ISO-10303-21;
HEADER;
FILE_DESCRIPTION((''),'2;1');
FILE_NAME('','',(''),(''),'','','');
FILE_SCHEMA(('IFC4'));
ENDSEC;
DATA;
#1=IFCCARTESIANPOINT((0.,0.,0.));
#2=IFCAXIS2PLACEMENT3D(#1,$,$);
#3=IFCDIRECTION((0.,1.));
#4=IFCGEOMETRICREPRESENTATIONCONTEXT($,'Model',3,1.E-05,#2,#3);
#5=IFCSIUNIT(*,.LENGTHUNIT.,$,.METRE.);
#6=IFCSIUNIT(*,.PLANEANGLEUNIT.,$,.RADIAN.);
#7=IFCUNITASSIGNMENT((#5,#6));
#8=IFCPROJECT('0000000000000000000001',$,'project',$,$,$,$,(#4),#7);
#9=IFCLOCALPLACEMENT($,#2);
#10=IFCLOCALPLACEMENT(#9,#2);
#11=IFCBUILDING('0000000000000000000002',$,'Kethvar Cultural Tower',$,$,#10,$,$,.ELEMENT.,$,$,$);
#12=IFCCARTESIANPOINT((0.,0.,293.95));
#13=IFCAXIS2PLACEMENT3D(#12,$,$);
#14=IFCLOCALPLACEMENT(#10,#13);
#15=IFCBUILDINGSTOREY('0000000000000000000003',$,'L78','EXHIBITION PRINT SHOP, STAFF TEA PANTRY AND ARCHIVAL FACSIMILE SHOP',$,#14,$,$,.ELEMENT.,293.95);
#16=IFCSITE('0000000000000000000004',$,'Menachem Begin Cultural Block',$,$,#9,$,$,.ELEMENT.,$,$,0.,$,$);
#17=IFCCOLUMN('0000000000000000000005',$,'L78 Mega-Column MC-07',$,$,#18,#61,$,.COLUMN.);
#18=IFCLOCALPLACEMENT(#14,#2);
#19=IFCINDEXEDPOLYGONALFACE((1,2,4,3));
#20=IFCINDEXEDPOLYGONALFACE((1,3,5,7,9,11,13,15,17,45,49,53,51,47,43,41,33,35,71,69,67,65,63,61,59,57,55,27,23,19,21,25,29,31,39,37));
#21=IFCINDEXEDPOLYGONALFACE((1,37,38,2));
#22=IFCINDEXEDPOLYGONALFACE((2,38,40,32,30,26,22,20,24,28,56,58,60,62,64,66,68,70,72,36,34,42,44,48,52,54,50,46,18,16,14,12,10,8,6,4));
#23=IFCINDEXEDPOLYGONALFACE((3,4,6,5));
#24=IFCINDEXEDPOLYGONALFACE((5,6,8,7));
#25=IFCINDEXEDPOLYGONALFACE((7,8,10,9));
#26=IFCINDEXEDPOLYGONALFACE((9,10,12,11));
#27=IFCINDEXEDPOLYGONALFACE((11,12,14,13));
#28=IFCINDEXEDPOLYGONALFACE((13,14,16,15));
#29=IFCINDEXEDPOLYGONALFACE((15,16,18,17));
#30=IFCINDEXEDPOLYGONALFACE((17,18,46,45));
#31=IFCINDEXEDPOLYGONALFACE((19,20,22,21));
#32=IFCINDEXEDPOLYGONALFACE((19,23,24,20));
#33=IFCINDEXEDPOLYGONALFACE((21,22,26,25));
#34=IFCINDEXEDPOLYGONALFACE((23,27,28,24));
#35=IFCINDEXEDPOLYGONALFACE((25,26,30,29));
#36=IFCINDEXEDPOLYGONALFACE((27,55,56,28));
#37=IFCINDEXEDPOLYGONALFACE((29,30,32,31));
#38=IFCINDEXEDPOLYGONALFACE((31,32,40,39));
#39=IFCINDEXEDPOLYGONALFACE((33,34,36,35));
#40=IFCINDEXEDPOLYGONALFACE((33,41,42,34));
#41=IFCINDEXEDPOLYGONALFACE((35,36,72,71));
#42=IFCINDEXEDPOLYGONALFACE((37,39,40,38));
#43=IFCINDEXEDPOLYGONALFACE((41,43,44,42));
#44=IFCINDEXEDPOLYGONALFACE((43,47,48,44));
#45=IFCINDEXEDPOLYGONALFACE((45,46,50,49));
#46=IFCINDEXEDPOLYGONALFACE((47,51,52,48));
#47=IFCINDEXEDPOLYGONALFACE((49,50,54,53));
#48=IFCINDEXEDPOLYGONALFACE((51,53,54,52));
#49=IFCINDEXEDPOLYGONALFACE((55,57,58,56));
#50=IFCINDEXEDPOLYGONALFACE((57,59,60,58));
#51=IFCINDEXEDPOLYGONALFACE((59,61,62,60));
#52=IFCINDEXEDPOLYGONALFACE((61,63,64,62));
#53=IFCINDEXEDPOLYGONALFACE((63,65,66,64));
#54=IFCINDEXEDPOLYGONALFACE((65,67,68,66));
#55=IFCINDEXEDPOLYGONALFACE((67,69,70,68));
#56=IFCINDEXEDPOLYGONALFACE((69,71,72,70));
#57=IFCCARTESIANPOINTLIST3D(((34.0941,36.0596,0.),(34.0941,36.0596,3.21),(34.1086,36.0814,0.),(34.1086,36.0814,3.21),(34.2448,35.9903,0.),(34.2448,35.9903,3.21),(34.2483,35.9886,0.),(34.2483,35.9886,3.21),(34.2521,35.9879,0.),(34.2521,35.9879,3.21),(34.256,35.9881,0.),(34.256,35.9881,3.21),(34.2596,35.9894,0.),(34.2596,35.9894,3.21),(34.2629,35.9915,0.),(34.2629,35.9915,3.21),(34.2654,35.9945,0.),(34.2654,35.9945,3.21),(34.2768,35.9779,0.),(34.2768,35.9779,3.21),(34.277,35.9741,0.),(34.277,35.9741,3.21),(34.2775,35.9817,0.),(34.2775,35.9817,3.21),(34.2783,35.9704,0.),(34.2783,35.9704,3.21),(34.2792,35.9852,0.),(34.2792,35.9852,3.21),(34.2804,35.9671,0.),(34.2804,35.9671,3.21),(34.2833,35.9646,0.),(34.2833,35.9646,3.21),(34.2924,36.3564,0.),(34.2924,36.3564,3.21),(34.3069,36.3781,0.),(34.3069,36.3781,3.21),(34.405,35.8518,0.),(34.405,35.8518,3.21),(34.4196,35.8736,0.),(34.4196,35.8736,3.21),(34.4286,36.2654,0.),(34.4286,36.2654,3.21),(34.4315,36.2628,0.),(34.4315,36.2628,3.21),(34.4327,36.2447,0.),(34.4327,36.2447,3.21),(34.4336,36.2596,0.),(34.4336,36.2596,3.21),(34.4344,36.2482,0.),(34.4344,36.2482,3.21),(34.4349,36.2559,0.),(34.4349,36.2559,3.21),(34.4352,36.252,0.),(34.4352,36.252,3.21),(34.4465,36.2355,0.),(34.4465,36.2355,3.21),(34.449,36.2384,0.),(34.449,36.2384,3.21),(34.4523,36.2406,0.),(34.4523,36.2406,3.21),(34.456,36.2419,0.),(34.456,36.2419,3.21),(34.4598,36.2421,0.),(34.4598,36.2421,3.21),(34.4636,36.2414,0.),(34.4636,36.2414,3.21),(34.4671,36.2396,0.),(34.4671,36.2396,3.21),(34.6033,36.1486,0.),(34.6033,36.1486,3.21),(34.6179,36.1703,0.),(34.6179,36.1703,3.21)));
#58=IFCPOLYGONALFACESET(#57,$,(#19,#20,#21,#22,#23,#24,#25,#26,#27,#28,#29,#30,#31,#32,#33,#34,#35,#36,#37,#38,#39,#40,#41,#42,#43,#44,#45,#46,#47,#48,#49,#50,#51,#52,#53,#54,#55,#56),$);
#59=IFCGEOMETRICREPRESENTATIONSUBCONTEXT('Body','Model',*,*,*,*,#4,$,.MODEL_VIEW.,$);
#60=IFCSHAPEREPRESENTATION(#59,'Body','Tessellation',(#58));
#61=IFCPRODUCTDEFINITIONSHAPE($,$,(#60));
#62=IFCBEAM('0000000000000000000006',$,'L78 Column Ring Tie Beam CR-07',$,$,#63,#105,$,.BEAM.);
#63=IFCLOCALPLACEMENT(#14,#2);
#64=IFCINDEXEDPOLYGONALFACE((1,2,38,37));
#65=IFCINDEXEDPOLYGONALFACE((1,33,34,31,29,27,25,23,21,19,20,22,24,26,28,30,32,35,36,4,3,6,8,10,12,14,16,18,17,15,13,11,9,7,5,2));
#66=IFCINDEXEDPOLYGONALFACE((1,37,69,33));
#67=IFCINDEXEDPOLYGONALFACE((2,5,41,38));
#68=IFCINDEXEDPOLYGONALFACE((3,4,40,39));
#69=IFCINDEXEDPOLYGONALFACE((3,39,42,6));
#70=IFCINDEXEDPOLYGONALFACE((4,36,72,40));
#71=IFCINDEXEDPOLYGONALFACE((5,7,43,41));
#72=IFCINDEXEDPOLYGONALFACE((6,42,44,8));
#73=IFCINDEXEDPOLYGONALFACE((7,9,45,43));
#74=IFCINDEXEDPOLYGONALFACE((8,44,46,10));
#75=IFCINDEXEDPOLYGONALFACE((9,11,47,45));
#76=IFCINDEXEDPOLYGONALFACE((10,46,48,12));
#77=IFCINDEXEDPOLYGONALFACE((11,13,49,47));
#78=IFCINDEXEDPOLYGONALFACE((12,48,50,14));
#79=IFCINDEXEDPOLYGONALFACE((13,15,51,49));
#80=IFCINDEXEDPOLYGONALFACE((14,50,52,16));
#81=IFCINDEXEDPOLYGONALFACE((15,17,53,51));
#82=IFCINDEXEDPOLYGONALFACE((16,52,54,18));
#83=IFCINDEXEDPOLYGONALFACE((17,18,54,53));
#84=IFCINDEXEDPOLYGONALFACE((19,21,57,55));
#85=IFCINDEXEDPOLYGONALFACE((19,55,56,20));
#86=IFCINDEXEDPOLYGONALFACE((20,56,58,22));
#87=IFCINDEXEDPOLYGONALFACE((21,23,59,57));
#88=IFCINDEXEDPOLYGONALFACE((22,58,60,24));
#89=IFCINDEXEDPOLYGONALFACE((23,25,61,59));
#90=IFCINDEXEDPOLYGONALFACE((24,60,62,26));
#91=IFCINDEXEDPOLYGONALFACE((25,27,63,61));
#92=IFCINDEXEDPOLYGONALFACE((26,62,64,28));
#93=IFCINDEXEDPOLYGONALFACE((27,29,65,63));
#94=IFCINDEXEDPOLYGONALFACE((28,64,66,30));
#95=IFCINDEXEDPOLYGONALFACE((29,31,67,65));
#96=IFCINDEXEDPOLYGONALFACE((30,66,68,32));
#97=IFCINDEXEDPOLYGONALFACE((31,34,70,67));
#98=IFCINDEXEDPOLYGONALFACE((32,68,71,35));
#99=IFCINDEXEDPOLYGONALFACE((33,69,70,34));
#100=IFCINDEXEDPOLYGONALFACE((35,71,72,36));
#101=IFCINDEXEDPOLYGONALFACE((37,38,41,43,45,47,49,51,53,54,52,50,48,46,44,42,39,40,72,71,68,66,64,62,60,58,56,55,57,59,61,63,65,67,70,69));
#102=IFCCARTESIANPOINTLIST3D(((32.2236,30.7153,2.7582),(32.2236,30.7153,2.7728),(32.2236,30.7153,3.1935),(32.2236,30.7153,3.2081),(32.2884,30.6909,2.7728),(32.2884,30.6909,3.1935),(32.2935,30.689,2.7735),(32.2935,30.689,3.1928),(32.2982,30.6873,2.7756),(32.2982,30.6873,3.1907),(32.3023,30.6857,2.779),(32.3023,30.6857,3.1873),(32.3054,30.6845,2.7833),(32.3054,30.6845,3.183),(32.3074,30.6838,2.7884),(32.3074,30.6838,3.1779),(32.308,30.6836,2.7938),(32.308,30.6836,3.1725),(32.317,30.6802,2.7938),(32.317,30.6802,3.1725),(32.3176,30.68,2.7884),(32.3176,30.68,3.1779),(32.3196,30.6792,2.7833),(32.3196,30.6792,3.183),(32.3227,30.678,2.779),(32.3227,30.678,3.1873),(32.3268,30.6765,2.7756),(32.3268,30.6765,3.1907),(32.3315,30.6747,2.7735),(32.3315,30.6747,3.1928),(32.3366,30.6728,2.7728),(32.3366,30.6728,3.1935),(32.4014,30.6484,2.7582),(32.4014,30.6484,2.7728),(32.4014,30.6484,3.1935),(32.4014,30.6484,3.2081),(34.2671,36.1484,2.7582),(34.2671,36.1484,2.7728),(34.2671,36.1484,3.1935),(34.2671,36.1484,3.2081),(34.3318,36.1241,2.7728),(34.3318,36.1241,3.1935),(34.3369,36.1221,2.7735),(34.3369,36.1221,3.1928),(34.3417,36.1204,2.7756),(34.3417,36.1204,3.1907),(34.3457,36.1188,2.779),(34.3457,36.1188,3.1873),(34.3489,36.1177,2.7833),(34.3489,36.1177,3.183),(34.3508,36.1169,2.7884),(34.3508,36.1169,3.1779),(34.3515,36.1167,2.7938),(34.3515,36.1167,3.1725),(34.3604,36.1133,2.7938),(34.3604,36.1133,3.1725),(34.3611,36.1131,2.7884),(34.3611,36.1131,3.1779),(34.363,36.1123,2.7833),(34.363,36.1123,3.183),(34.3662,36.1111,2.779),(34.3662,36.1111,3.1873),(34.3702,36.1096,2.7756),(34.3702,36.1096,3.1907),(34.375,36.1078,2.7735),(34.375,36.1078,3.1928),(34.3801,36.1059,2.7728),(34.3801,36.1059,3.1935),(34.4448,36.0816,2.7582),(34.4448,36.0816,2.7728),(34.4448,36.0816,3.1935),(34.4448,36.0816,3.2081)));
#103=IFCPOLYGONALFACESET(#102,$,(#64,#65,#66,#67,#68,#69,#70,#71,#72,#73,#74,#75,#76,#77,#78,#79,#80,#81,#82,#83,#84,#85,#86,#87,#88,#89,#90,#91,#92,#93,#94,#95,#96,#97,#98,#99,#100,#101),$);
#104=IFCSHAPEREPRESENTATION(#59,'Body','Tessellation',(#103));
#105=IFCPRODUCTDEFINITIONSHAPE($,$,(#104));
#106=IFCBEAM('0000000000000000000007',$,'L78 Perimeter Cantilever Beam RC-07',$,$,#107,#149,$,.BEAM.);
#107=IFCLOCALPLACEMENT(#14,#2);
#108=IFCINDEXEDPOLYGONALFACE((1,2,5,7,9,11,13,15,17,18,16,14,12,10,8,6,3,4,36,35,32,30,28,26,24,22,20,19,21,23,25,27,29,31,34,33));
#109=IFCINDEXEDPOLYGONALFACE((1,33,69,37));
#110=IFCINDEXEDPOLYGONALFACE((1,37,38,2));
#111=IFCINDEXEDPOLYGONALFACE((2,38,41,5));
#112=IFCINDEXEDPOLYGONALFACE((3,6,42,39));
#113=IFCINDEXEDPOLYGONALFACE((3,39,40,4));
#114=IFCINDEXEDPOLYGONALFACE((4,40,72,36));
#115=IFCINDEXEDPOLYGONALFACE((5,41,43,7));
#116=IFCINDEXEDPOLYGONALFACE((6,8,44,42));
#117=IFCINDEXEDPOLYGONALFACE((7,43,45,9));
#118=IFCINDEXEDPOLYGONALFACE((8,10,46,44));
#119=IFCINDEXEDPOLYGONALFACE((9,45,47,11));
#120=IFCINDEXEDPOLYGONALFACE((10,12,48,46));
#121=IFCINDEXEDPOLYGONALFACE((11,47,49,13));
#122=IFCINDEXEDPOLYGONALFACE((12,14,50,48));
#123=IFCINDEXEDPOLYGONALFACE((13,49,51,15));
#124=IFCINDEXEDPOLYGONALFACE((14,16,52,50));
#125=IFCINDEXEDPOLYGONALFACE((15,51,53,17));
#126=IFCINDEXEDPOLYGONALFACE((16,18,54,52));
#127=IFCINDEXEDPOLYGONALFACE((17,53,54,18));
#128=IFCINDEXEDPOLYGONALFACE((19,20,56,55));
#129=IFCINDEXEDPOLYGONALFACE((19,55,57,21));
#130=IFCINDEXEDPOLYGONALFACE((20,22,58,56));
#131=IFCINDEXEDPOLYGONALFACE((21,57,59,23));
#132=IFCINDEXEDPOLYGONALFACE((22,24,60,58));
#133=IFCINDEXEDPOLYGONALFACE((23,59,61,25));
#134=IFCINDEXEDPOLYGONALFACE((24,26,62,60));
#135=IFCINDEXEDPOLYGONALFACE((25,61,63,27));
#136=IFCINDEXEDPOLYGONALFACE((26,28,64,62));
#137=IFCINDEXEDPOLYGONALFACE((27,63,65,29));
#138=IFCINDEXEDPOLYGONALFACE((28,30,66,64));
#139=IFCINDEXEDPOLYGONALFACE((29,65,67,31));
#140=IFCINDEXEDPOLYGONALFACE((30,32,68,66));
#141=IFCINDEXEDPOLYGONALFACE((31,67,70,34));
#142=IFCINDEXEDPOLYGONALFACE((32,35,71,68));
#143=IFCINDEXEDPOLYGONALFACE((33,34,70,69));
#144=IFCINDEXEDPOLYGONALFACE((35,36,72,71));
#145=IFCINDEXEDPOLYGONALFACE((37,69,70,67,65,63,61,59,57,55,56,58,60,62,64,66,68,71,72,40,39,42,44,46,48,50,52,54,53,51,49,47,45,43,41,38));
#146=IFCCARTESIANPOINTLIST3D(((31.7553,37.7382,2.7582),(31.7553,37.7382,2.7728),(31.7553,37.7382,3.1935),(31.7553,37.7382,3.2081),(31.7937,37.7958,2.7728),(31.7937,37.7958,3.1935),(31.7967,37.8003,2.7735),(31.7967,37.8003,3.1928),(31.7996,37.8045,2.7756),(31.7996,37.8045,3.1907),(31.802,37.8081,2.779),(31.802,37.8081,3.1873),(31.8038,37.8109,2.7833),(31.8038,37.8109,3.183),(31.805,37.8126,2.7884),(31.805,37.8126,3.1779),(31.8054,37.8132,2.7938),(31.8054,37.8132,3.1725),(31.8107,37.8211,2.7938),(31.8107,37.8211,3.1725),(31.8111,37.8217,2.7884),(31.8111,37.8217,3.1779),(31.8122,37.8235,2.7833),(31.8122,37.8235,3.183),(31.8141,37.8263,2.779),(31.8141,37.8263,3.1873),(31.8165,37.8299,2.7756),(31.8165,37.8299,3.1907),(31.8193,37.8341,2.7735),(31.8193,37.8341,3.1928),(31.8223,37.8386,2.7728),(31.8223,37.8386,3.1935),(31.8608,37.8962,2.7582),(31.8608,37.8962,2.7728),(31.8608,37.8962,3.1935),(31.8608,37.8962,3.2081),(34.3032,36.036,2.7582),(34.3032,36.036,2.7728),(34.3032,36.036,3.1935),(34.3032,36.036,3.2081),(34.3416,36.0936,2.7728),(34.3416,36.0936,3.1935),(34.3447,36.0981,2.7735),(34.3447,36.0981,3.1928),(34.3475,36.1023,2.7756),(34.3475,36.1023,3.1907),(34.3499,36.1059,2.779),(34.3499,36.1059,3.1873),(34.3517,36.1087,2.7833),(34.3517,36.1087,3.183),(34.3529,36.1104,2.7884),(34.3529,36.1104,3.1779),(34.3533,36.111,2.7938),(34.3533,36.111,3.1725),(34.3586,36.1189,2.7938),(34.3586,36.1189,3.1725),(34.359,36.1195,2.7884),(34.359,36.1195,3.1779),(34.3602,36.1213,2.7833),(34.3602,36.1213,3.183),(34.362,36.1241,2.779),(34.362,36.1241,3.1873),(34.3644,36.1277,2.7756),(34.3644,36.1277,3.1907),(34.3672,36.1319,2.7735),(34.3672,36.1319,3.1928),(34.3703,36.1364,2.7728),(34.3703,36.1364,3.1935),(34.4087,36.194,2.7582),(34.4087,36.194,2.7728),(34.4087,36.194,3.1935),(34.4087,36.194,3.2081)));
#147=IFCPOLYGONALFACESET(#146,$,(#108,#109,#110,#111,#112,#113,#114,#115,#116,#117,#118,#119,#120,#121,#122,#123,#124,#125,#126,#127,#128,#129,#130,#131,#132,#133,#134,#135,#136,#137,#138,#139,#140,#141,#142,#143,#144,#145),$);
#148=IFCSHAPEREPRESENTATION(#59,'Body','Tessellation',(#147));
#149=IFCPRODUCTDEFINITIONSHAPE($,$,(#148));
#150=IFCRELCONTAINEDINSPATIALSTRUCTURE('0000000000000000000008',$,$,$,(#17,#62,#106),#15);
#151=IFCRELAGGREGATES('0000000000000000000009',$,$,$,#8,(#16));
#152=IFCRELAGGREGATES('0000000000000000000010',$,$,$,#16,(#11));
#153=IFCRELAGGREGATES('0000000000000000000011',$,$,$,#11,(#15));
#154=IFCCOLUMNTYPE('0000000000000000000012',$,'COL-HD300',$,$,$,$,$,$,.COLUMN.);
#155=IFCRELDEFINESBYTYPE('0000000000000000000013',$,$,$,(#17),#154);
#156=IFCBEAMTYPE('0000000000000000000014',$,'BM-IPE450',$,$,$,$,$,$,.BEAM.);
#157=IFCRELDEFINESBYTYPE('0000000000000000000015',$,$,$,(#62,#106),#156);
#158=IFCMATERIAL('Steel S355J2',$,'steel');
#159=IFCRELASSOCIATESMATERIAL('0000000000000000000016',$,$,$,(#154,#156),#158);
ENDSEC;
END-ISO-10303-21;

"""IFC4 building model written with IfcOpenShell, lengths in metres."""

from ifc_helpers import new_model, si_unit, direction, frame, origin, origin_2d, place, context, subcontext, project, spatial, i_section, extrude, source, transform, mapped, material, material_profile, profile_set, type_object, element, save


model = new_model("IFC4")

# Units and contexts
model_context = context("Model", 3, precision=1e-05, world=origin(), true_north=direction((0.0, 1.0)))
body_context = subcontext(model_context, "Body", "Model", "MODEL_VIEW")
ifc_project = project(units=[si_unit("LENGTHUNIT", "METRE"), si_unit("PLANEANGLEUNIT", "RADIAN")], contexts=[model_context])

# Site, building, storey
site_placement = place(None, origin())
site = spatial("IfcSite", under=ifc_project, at=site_placement, Name="Menachem Begin Cultural Block", CompositionType="ELEMENT", RefElevation=0.0)
building_placement = place(site_placement, origin())
building = spatial("IfcBuilding", under=site, at=building_placement, Name="Kethvar Cultural Tower", CompositionType="ELEMENT")
storey_placement = place(building_placement, frame((0.0, 0.0, 293.95)))
storey = spatial("IfcBuildingStorey", under=building, at=storey_placement, Name="L78", Description="EXHIBITION PRINT SHOP, STAFF TEA PANTRY AND ARCHIVAL FACSIMILE SHOP", CompositionType="ELEMENT", Elevation=293.95)

# Column
ifc_material_1 = material(Name="Steel S355J2", Category="steel")
ifc_material_profile_1 = material_profile(ifc_material_1, i_section(OverallWidth=0.374, OverallDepth=0.3831, WebThickness=0.0166, FlangeThickness=0.0261, FilletRadius=0.0149, at=origin_2d()), Name="Steel S355J2 — HD360x300")
ifc_profile_set_1 = profile_set([ifc_material_profile_1], Name="Steel S355J2 — HD360x300")
column_type = type_object("IfcColumnType", Name="COL-HD300", PredefinedType="COLUMN", material=ifc_profile_set_1)
shared_shape_1 = source(origin(), body_context, "Body", "SweptSolid", [
    extrude(i_section(OverallWidth=0.374, OverallDepth=0.3831, WebThickness=0.0166, FlangeThickness=0.0261, FilletRadius=0.0149, at=origin_2d()), origin(), (0.0, 0.0, 1.0), 3.21),
])
column_placement = place(storey_placement, frame((34.356, 36.115, 0.0), z_axis=(0.0, 0.0, 1.0), x_axis=(-0.83147, 0.55557, 0.0)))
element("IfcColumn", 1, at=column_placement, inside=storey, type_object=column_type, Name="L78 Mega-Column MC-07", PredefinedType="COLUMN", context=body_context, shape_type="MappedRepresentation", body=[
    mapped(shared_shape_1, transform((0.0, 0.0, 0.0), scale=1.0)),
])

# Beams
ifc_material_profile_2 = material_profile(ifc_material_1, i_section(OverallWidth=0.1899, OverallDepth=0.45, WebThickness=0.0095, FlangeThickness=0.0146, FilletRadius=0.021, at=origin_2d()), Name="Steel S355J2 — IPE450")
ifc_profile_set_2 = profile_set([ifc_material_profile_2], Name="Steel S355J2 — IPE450")
beam_type_1 = type_object("IfcBeamType", Name="BM-IPE450", PredefinedType="BEAM", material=ifc_profile_set_2)
shared_shape_2 = source(origin(), body_context, "Body", "SweptSolid", [
    extrude(i_section(OverallWidth=0.1899, OverallDepth=0.45, WebThickness=0.0095, FlangeThickness=0.0146, FilletRadius=0.021, at=origin_2d()), origin(), (0.0, 0.0, 1.0), 5.8047),
])
beam_1_placement = place(storey_placement, frame((34.356, 36.115, 2.9832), z_axis=(-0.352036, -0.935986, 0.0), x_axis=(0.935986, -0.352036, 0.0)))
element("IfcBeam", 2, at=beam_1_placement, inside=storey, type_object=beam_type_1, Name="L78 Column Ring Tie Beam CR-07", PredefinedType="BEAM", context=body_context, shape_type="MappedRepresentation", body=[
    mapped(shared_shape_2, transform((0.0, 0.0, 0.0), scale=1.0)),
])
shared_shape_3 = source(origin(), body_context, "Body", "SweptSolid", [
    extrude(i_section(OverallWidth=0.1899, OverallDepth=0.45, WebThickness=0.0095, FlangeThickness=0.0146, FilletRadius=0.021, at=origin_2d()), origin(), (0.0, 0.0, 1.0), 3.0642),
])
beam_2_placement = place(storey_placement, frame((34.356, 36.115, 2.9832), z_axis=(-0.831511, 0.555509, 0.0), x_axis=(-0.555509, -0.831511, 0.0)))
element("IfcBeam", 3, at=beam_2_placement, inside=storey, type_object=beam_type_1, Name="L78 Perimeter Cantilever Beam RC-07", PredefinedType="BEAM", context=body_context, shape_type="MappedRepresentation", body=[
    mapped(shared_shape_3, transform((0.0, 0.0, 0.0), scale=1.0)),
])

save(model, "model.ifc")
